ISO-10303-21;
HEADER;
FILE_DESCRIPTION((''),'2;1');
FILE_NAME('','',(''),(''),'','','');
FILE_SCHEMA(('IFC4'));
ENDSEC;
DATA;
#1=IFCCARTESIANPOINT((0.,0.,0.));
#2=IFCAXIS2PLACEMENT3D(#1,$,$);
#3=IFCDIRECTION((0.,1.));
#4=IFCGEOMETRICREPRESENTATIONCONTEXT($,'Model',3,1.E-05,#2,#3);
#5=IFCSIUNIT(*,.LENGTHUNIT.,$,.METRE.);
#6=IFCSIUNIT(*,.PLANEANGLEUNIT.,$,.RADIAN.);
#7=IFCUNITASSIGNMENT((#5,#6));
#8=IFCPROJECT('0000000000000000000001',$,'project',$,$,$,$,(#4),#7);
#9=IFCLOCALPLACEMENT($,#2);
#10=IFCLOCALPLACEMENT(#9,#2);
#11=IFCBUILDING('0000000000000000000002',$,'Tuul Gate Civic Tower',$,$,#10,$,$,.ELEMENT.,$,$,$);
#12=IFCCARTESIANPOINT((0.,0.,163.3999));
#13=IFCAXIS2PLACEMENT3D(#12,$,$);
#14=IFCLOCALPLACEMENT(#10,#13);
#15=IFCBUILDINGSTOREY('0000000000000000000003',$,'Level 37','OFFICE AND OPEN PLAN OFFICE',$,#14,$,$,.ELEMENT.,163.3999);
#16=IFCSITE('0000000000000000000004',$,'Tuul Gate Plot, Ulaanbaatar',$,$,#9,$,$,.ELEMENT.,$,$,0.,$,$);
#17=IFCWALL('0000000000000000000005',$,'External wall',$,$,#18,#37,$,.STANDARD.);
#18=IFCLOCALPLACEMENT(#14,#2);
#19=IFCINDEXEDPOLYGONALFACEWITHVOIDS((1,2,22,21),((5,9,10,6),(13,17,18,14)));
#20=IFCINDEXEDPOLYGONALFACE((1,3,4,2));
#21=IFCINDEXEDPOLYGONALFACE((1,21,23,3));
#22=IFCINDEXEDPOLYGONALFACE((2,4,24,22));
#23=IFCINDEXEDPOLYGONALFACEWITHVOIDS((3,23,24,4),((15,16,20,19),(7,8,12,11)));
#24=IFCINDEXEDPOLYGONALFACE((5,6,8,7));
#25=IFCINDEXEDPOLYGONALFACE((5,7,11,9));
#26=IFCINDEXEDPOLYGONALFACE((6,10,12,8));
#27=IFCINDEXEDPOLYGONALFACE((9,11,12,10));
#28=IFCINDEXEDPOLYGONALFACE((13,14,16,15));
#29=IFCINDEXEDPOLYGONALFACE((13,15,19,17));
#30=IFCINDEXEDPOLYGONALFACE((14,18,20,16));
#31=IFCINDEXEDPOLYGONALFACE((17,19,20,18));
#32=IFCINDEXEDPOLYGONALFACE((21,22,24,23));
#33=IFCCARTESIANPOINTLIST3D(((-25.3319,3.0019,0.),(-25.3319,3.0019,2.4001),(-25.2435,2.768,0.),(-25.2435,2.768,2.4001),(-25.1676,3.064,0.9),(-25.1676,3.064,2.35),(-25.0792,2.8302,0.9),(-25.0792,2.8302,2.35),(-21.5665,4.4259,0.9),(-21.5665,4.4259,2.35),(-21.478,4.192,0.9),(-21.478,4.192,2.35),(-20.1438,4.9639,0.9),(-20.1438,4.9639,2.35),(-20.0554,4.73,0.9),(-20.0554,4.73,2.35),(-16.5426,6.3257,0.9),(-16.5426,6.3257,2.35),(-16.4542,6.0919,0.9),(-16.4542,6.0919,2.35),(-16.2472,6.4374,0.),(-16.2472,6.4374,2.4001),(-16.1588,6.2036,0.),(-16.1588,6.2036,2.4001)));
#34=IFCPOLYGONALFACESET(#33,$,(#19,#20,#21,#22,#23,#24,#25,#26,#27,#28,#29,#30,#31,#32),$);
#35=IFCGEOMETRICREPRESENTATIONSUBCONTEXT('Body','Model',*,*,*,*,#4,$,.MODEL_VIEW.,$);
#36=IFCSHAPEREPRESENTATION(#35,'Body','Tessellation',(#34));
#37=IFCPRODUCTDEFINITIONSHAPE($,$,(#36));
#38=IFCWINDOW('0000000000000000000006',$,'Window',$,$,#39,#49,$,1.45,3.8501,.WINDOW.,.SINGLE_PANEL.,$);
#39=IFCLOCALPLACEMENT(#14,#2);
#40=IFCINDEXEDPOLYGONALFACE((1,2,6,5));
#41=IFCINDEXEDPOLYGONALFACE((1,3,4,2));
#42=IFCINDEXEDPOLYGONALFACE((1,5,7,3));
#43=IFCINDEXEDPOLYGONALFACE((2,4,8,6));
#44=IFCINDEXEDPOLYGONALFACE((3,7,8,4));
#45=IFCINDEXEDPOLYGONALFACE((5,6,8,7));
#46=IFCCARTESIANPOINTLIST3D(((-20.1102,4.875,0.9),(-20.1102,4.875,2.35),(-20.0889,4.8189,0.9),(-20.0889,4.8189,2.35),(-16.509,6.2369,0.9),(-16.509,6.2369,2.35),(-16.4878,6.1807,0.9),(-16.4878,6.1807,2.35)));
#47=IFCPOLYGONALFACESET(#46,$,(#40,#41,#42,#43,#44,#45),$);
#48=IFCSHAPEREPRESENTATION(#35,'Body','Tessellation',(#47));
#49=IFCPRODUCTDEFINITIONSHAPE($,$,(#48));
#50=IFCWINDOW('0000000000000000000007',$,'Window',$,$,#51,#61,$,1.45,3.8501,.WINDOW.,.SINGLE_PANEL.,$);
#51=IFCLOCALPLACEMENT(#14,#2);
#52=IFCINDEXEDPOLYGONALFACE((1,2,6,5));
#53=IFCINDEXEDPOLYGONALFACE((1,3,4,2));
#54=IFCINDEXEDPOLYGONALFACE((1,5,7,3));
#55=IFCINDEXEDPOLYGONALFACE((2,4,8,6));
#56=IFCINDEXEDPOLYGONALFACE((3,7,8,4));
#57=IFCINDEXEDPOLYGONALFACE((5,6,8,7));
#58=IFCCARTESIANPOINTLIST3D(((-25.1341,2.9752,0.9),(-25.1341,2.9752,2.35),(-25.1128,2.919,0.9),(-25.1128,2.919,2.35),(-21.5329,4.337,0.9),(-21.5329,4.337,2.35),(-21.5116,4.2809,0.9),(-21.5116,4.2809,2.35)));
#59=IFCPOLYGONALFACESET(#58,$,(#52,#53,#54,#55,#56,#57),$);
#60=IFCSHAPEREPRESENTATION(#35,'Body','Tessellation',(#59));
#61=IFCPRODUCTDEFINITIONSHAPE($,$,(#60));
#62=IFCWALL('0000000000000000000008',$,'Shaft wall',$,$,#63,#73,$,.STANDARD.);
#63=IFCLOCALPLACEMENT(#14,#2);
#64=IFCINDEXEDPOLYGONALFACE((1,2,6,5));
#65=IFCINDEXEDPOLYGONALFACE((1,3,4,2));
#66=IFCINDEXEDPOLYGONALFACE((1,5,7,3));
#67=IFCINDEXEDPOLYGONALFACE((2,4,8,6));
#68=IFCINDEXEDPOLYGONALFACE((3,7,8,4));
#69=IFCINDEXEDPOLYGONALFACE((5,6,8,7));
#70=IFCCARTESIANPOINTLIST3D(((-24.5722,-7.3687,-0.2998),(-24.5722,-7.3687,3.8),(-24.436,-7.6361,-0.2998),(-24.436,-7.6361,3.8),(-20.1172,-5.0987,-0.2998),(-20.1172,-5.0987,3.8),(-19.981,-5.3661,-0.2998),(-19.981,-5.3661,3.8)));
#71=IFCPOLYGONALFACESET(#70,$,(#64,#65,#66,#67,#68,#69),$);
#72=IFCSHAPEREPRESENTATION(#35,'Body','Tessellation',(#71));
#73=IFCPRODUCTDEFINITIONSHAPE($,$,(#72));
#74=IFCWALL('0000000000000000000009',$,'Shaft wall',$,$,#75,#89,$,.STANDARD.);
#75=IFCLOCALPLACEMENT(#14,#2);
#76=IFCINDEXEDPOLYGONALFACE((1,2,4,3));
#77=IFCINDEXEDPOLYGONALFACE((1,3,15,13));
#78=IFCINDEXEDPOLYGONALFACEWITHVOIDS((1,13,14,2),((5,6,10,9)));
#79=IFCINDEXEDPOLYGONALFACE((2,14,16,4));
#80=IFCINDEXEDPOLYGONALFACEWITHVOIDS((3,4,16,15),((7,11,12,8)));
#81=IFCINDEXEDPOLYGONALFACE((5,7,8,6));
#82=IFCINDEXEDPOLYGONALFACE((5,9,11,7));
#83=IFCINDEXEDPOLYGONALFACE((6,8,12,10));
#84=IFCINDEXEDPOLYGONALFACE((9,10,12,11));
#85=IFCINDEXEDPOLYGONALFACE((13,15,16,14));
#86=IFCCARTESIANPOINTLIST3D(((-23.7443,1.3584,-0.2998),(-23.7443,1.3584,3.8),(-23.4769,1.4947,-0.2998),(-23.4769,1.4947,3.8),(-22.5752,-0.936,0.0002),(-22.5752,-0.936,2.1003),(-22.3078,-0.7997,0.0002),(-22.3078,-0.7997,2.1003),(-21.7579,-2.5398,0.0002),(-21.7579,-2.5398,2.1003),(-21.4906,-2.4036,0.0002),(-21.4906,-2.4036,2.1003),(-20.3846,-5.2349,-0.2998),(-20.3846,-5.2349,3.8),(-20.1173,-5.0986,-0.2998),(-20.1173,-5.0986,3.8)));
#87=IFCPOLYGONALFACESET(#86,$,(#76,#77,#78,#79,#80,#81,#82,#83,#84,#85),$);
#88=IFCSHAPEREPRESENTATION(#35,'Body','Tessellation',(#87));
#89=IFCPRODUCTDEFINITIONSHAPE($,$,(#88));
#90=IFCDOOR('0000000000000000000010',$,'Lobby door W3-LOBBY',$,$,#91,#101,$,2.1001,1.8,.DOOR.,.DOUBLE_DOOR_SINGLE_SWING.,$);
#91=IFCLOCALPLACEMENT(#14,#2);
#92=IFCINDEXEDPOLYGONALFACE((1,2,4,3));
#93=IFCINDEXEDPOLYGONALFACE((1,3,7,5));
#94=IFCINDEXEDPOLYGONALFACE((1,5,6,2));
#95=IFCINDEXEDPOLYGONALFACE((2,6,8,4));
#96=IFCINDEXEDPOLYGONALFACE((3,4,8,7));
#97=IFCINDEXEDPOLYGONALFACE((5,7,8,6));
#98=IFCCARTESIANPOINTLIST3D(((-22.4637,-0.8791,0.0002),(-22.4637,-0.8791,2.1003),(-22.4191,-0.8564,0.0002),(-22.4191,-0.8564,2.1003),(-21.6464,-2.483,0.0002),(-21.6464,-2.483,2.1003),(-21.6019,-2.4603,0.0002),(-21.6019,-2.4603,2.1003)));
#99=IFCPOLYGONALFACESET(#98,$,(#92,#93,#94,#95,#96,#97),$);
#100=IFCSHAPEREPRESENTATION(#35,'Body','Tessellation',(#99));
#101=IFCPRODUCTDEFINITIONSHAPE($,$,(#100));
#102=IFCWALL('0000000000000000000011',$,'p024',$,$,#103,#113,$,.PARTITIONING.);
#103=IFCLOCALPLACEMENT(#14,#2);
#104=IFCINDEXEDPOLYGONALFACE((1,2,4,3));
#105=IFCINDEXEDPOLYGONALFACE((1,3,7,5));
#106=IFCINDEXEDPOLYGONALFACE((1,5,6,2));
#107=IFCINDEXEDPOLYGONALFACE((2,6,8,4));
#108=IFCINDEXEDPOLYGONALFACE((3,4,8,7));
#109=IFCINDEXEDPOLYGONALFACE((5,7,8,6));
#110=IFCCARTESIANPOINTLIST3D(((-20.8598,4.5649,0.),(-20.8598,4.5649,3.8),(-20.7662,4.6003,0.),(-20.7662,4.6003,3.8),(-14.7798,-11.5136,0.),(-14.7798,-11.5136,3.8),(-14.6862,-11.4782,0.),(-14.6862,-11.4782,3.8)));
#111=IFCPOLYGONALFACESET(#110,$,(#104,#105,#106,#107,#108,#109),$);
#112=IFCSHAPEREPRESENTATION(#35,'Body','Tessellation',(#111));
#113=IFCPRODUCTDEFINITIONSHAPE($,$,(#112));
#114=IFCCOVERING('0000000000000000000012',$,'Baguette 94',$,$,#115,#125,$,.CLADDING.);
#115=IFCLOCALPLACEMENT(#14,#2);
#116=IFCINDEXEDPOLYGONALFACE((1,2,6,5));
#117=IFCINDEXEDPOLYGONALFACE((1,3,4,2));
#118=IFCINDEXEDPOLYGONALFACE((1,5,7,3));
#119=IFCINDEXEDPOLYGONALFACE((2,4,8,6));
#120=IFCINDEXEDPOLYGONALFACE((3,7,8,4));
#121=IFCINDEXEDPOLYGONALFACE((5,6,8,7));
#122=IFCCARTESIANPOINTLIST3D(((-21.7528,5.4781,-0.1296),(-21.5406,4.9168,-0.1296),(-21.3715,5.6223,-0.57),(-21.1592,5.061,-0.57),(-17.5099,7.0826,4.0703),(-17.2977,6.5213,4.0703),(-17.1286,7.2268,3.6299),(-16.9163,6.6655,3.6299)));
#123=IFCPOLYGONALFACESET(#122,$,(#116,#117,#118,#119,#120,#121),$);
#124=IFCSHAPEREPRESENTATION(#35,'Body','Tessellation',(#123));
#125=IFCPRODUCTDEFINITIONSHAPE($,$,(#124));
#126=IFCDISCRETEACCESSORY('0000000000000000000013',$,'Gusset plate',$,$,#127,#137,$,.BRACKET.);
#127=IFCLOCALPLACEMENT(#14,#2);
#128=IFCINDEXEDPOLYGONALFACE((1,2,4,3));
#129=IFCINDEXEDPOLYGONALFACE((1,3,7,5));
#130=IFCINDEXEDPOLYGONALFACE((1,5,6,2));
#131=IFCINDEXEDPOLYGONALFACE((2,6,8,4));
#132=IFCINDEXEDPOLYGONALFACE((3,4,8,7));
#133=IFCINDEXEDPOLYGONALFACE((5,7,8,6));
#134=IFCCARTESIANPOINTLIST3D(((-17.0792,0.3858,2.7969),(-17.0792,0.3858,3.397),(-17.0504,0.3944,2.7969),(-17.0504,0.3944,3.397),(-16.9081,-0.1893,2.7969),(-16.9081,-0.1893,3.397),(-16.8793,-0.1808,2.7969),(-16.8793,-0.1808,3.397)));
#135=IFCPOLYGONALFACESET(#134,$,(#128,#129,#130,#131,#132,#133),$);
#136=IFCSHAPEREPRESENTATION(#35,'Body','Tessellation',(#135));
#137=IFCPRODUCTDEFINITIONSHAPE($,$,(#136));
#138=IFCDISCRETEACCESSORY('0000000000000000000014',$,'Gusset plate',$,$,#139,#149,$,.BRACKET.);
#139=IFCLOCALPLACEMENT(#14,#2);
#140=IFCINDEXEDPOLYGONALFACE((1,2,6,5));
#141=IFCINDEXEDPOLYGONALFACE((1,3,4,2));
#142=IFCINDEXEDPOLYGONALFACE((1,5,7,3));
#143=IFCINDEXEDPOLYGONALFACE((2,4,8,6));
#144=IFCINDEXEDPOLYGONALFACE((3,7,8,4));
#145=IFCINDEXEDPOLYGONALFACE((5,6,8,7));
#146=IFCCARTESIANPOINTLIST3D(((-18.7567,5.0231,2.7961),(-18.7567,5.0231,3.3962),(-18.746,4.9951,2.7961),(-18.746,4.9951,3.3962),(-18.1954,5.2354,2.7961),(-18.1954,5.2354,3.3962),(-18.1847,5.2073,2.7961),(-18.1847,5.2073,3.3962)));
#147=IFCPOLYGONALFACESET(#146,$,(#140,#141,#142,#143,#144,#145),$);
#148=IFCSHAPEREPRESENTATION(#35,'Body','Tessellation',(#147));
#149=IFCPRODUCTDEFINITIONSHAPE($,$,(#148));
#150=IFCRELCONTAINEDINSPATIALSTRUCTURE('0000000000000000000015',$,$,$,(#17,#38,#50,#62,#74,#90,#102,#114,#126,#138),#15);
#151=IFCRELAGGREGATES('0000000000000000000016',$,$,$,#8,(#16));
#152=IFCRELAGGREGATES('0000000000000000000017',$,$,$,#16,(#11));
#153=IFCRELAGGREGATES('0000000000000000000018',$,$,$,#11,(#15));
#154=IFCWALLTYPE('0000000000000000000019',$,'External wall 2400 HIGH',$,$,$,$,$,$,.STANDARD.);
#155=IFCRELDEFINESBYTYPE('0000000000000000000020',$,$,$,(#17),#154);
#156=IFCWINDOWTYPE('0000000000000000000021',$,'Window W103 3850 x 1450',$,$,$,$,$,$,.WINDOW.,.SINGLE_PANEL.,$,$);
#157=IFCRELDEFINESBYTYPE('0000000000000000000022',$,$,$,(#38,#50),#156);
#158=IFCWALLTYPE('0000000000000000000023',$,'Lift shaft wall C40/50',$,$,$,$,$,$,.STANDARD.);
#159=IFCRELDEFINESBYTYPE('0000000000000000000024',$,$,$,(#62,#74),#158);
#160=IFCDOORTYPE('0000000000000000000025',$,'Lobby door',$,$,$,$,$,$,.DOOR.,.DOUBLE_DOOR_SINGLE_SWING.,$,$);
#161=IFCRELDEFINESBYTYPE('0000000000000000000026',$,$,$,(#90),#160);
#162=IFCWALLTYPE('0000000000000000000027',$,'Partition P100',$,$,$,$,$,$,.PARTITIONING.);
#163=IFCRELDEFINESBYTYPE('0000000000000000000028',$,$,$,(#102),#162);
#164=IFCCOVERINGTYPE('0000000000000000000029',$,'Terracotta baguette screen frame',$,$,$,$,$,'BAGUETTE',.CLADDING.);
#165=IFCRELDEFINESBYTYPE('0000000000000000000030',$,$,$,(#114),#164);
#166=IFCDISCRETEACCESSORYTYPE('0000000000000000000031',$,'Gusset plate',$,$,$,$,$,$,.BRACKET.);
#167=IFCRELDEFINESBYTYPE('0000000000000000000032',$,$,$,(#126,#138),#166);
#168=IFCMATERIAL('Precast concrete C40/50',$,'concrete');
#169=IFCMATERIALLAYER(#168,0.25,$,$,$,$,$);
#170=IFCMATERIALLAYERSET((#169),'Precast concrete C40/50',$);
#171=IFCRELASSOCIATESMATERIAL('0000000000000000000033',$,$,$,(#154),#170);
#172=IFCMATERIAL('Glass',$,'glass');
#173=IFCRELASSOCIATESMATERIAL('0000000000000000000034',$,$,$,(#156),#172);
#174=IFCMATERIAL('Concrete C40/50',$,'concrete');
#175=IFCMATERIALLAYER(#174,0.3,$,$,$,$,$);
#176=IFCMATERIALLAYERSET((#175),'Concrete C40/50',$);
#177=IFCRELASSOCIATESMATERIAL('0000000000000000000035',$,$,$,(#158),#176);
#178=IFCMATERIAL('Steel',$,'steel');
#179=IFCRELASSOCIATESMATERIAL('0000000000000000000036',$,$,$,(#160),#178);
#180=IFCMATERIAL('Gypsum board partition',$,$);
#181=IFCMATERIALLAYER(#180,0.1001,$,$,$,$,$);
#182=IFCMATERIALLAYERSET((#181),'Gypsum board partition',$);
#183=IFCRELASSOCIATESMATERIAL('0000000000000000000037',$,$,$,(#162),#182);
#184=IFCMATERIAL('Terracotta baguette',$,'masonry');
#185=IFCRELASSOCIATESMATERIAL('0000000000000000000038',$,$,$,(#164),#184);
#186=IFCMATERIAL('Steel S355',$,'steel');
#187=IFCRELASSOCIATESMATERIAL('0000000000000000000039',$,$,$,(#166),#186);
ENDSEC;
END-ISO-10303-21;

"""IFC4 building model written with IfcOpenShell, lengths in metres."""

from ifc_helpers import new_model, si_unit, direction, frame, frame_2d, origin, origin_2d, place, context, subcontext, project, spatial, rectangle, extrude, material, layer, layer_set, material_profile, profile_set, type_object, element, fill, save


model = new_model("IFC4")

# Units and contexts
model_context = context("Model", 3, precision=1e-05, world=origin(), true_north=direction((0.0, 1.0)))
body_context = subcontext(model_context, "Body", "Model", "MODEL_VIEW")
ifc_project = project(units=[si_unit("LENGTHUNIT", "METRE"), si_unit("PLANEANGLEUNIT", "RADIAN")], contexts=[model_context])

# Site, building, storey
site_placement = place(None, origin())
site = spatial("IfcSite", under=ifc_project, at=site_placement, Name="Tuul Gate Plot, Ulaanbaatar", CompositionType="ELEMENT", RefElevation=0.0)
building_placement = place(site_placement, origin())
building = spatial("IfcBuilding", under=site, at=building_placement, Name="Tuul Gate Civic Tower", CompositionType="ELEMENT")
storey_placement = place(building_placement, frame((0.0, 0.0, 163.3999)))
storey = spatial("IfcBuildingStorey", under=building, at=storey_placement, Name="Level 37", Description="OFFICE AND OPEN PLAN OFFICE", CompositionType="ELEMENT", Elevation=163.3999)

# Wall, openings, windows
ifc_material_1 = material(Name="Precast concrete C40/50", Category="concrete")
ifc_layer_1 = layer(ifc_material_1, 0.25)
ifc_layer_set_1 = layer_set([ifc_layer_1], Name="Precast concrete C40/50")
wall_type_1 = type_object("IfcWallType", Name="External wall 2400 HIGH", PredefinedType="STANDARD", material=ifc_layer_set_1)
wall_1_placement = place(storey_placement, frame((-16.2029, 6.3206, 0.0), z_axis=(0.0, 0.0, 1.0), x_axis=(-0.935351, -0.35372, 0.0)))
wall_1 = element("IfcWall", 1, at=wall_1_placement, inside=storey, type_object=wall_type_1, Name="External wall", PredefinedType="STANDARD", context=body_context, shape_type="SweptSolid", body=[
    extrude(rectangle(XDim=9.7126, YDim=0.25, at=frame_2d((4.8564, 0.0))), origin(), (0.0, 0.0, 1.0), 2.4001),
])
opening_1_placement = place(wall_1_placement, frame((0.3159, 0.0, 0.8999)))
opening_1 = element("IfcOpeningElement", 2, at=opening_1_placement, cuts=wall_1, PredefinedType="OPENING", context=body_context, shape_type="SweptSolid", body=[
    extrude(rectangle(XDim=3.8501, YDim=1.45, at=frame_2d((1.925, 0.7251))), frame((0.0, 0.135, 0.0), z_axis=(0.0, -1.0, 0.0), x_axis=(1.0, 0.0, 0.0)), (0.0, 0.0, 1.0), 0.27),
])
opening_2_placement = place(wall_1_placement, frame((5.687, 0.0, 0.8999)))
opening_2 = element("IfcOpeningElement", 3, at=opening_2_placement, cuts=wall_1, PredefinedType="OPENING", context=body_context, shape_type="SweptSolid", body=[
    extrude(rectangle(XDim=3.8501, YDim=1.45, at=frame_2d((1.925, 0.7251))), frame((0.0, 0.135, 0.0), z_axis=(0.0, -1.0, 0.0), x_axis=(1.0, 0.0, 0.0)), (0.0, 0.0, 1.0), 0.27),
])
ifc_material_2 = material(Name="Glass", Category="glass")
window_type = type_object("IfcWindowType", Name="Window W103 3850 x 1450", PartitioningType="SINGLE_PANEL", PredefinedType="WINDOW", material=ifc_material_2)
window_1_placement = place(opening_1_placement, origin())
window_1 = element("IfcWindow", 4, at=window_1_placement, inside=storey, type_object=window_type, Name="Window", OverallHeight=1.45, OverallWidth=3.8501, PartitioningType="SINGLE_PANEL", PredefinedType="WINDOW", context=body_context, shape_type="SweptSolid", body=[
    extrude(rectangle(XDim=3.8501, YDim=1.45, at=frame_2d((1.925, 0.7251))), frame((0.0, 0.03, 0.0), z_axis=(0.0, -1.0, 0.0), x_axis=(1.0, 0.0, 0.0)), (0.0, 0.0, 1.0), 0.0601),
])
fill(opening_1, window_1)
window_2_placement = place(opening_2_placement, origin())
window_2 = element("IfcWindow", 5, at=window_2_placement, inside=storey, type_object=window_type, Name="Window", OverallHeight=1.45, OverallWidth=3.8501, PartitioningType="SINGLE_PANEL", PredefinedType="WINDOW", context=body_context, shape_type="SweptSolid", body=[
    extrude(rectangle(XDim=3.8501, YDim=1.45, at=frame_2d((1.925, 0.7251))), frame((0.0, 0.03, 0.0), z_axis=(0.0, -1.0, 0.0), x_axis=(1.0, 0.0, 0.0)), (0.0, 0.0, 1.0), 0.0601),
])
fill(opening_2, window_2)

# Wall
ifc_material_3 = material(Name="Concrete C40/50", Category="concrete")
ifc_layer_2 = layer(ifc_material_3, 0.3)
ifc_layer_set_2 = layer_set([ifc_layer_2], Name="Concrete C40/50")
wall_type_2 = type_object("IfcWallType", Name="Lift shaft wall C40/50", PredefinedType="STANDARD", material=ifc_layer_set_2)
wall_2_placement = place(storey_placement, frame((-20.0491, -5.2324, -0.2998), z_axis=(0.0, 0.0, 1.0), x_axis=(-0.891003, -0.453997, 0.0)))
element("IfcWall", 6, at=wall_2_placement, inside=storey, type_object=wall_type_2, Name="Shaft wall", PredefinedType="STANDARD", context=body_context, shape_type="SweptSolid", body=[
    extrude(rectangle(XDim=5.0, YDim=0.3, at=frame_2d((2.5, 0.0))), origin(), (0.0, 0.0, 1.0), 4.0999),
])

# Wall, opening, door
wall_3_placement = place(storey_placement, frame((-20.251, -5.1667, -0.2998), z_axis=(0.0, 0.0, 1.0), x_axis=(-0.45401, 0.890996, 0.0)))
wall_3 = element("IfcWall", 7, at=wall_3_placement, inside=storey, type_object=wall_type_2, Name="Shaft wall", PredefinedType="STANDARD", context=body_context, shape_type="SweptSolid", body=[
    extrude(rectangle(XDim=7.3999, YDim=0.3, at=frame_2d((3.7, 0.0))), origin(), (0.0, 0.0, 1.0), 4.0999),
])
opening_3_placement = place(wall_3_placement, frame((3.0249, 0.0, 0.3)))
opening_3 = element("IfcOpeningElement", 8, at=opening_3_placement, cuts=wall_3, PredefinedType="OPENING", context=body_context, shape_type="SweptSolid", body=[
    extrude(rectangle(XDim=1.8, YDim=2.1001, at=frame_2d((0.8999, 1.05))), frame((0.0, 0.1602, 0.0), z_axis=(0.0, -1.0, 0.0), x_axis=(1.0, 0.0, 0.0)), (0.0, 0.0, 1.0), 0.3201),
])
ifc_material_4 = material(Name="Steel", Category="steel")
door_type_1 = type_object("IfcDoorType", Name="Lobby door", OperationType="DOUBLE_DOOR_SINGLE_SWING", PredefinedType="DOOR", material=ifc_material_4)
door_1_placement = place(opening_3_placement, origin())
door_1 = element("IfcDoor", 9, at=door_1_placement, inside=storey, type_object=door_type_1, Name="Lobby door W3-LOBBY", OperationType="DOUBLE_DOOR_SINGLE_SWING", OverallHeight=2.1001, OverallWidth=1.8, PredefinedType="DOOR", context=body_context, shape_type="SweptSolid", body=[
    extrude(rectangle(XDim=1.8, YDim=2.1001, at=frame_2d((0.8999, 1.05))), frame((0.0, 0.0249, 0.0), z_axis=(0.0, -1.0, 0.0), x_axis=(1.0, 0.0, 0.0)), (0.0, 0.0, 1.0), 0.05),
])
fill(opening_3, door_1)

# Wall
ifc_material_5 = material(Name="Gypsum board partition")
ifc_layer_3 = layer(ifc_material_5, 0.1001)
ifc_layer_set_3 = layer_set([ifc_layer_3], Name="Gypsum board partition")
wall_type_3 = type_object("IfcWallType", Name="Partition P100", PredefinedType="PARTITIONING", material=ifc_layer_set_3)
wall_4_placement = place(storey_placement, frame((-20.813, 4.5825, 0.0), z_axis=(0.0, 0.0, 1.0), x_axis=(0.353703, -0.935358, 0.0)))
element("IfcWall", 10, at=wall_4_placement, inside=storey, type_object=wall_type_3, Name="p024", PredefinedType="PARTITIONING", context=body_context, shape_type="SweptSolid", body=[
    extrude(rectangle(XDim=17.1897, YDim=0.1001, at=frame_2d((8.5947, 0.0))), origin(), (0.0, 0.0, 1.0), 3.8),
])

# Covering
ifc_material_6 = material(Name="Terracotta baguette", Category="masonry")
ifc_material_profile_1 = material_profile(ifc_material_6, rectangle(XDim=0.6001, YDim=0.6001, at=origin_2d()), Name="Terracotta baguette screen frame")
ifc_profile_set_1 = profile_set([ifc_material_profile_1], Name="Terracotta baguette")
covering_type = type_object("IfcCoveringType", Name="Terracotta baguette screen frame", ElementType="BAGUETTE", PredefinedType="CLADDING", material=ifc_profile_set_1)
covering_placement = place(storey_placement, frame((-17.2131, 6.874, 3.8501), z_axis=(-0.686341, -0.259545, -0.679391), x_axis=(0.353711, -0.935355, 0.0)))
element("IfcCovering", 11, at=covering_placement, inside=storey, type_object=covering_type, Name="Baguette 94", PredefinedType="CLADDING", context=body_context, shape_type="SweptSolid", body=[
    extrude(rectangle(XDim=0.6001, YDim=0.6001, at=origin_2d()), origin(), (0.0, 0.0, 1.0), 6.1819),
])

# Discrete accessories
ifc_material_7 = material(Name="Steel S355", Category="steel")
discrete_accessory_type = type_object("IfcDiscreteAccessoryType", Name="Gusset plate", PredefinedType="BRACKET", material=ifc_material_7)
for number, where, z_axis, x_axis, name in (
    (12, (-16.9792, 0.1025, 2.7969), (0.0, 0.0, 1.0), (-0.285212, 0.958464, 0.0), "Gusset plate"),
    (13, (-18.4707, 5.1152, 2.7961), (0.0, 0.0, 1.0), (0.935344, 0.353739, 0.0), "Gusset plate"),
):
    element("IfcDiscreteAccessory", number, at=place(storey_placement, frame(where, z_axis=z_axis, x_axis=x_axis)), inside=storey, type_object=discrete_accessory_type, Name=name, PredefinedType="BRACKET", context=body_context, shape_type="SweptSolid", body=[
        extrude(rectangle(XDim=0.6001, YDim=0.03, at=origin_2d()), origin(), (0.0, 0.0, 1.0), 0.6001),
    ])

save(model, "model.ifc")
